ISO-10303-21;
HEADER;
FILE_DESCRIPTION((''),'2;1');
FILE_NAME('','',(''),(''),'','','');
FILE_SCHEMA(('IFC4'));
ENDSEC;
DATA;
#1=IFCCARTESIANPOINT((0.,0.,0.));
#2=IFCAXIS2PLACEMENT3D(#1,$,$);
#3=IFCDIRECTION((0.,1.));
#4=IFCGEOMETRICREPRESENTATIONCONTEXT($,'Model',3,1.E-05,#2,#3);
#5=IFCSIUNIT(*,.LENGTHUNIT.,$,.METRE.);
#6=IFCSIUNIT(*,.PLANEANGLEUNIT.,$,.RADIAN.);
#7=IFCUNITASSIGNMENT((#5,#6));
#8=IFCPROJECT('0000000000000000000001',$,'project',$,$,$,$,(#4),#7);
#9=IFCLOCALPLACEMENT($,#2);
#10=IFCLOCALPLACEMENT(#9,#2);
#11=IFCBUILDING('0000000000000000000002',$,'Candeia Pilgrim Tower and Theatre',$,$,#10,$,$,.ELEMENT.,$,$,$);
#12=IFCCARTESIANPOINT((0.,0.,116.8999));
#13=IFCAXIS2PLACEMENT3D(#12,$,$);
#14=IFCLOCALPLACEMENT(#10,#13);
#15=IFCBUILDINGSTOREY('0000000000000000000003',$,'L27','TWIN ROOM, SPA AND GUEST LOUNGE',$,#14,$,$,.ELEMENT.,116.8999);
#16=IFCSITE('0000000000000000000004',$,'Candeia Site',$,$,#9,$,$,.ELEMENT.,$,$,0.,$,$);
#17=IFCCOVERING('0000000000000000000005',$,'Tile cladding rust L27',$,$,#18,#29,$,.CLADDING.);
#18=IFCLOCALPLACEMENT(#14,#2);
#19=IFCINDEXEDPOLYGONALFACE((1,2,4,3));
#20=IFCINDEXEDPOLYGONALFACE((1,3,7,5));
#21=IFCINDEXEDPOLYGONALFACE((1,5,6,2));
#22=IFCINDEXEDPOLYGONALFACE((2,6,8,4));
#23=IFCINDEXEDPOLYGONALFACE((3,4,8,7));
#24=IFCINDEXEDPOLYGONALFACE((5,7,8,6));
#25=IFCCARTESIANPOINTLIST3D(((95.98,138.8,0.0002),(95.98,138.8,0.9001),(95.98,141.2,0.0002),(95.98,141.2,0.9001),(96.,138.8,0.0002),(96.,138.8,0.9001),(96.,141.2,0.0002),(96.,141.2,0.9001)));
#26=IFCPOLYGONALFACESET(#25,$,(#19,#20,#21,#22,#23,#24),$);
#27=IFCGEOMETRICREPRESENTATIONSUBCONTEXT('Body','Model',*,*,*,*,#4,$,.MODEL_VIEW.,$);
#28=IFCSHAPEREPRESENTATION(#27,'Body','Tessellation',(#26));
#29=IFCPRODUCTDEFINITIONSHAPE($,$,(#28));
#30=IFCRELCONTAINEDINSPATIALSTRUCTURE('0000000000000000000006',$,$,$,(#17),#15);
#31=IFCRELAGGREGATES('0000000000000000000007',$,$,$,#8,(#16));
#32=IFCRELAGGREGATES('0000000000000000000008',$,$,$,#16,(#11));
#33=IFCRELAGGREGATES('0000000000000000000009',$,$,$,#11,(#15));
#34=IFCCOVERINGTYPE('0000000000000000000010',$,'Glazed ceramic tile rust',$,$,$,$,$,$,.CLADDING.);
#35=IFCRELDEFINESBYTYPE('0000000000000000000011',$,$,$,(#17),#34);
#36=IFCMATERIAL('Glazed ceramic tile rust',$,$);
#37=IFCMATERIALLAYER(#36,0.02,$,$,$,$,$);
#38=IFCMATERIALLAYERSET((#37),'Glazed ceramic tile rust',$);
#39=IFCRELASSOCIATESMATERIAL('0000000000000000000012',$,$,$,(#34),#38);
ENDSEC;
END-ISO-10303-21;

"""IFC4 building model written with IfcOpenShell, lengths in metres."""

from ifc_helpers import new_model, si_unit, direction, frame, origin, origin_2d, place, context, subcontext, project, spatial, rectangle, extrude, material, layer, layer_set, type_object, element, save


model = new_model("IFC4")

# Units and contexts
model_context = context("Model", 3, precision=1e-05, world=origin(), true_north=direction((0.0, 1.0)))
body_context = subcontext(model_context, "Body", "Model", "MODEL_VIEW")
ifc_project = project(units=[si_unit("LENGTHUNIT", "METRE"), si_unit("PLANEANGLEUNIT", "RADIAN")], contexts=[model_context])

# Site, building, storey
site_placement = place(None, origin())
site = spatial("IfcSite", under=ifc_project, at=site_placement, Name="Candeia Site", CompositionType="ELEMENT", RefElevation=0.0)
building_placement = place(site_placement, origin())
building = spatial("IfcBuilding", under=site, at=building_placement, Name="Candeia Pilgrim Tower and Theatre", CompositionType="ELEMENT")
storey_placement = place(building_placement, frame((0.0, 0.0, 116.8999)))
storey = spatial("IfcBuildingStorey", under=building, at=storey_placement, Name="L27", Description="TWIN ROOM, SPA AND GUEST LOUNGE", CompositionType="ELEMENT", Elevation=116.8999)

# Covering
ifc_material_1 = material(Name="Glazed ceramic tile rust")
ifc_layer_1 = layer(ifc_material_1, 0.02)
ifc_layer_set_1 = layer_set([ifc_layer_1], Name="Glazed ceramic tile rust")
covering_type_1 = type_object("IfcCoveringType", Name="Glazed ceramic tile rust", PredefinedType="CLADDING", material=ifc_layer_set_1)
covering_1_placement = place(storey_placement, frame((95.99, 140.0, 0.0002), z_axis=(0.0, 0.0, 1.0), x_axis=(0.0, -1.0, 0.0)))
element("IfcCovering", 1, at=covering_1_placement, inside=storey, type_object=covering_type_1, Name="Tile cladding rust L27", PredefinedType="CLADDING", context=body_context, shape_type="SweptSolid", body=[
    extrude(rectangle(XDim=2.3999, YDim=0.02, at=origin_2d()), origin(), (0.0, 0.0, 1.0), 0.8999),
])

save(model, "model.ifc")
